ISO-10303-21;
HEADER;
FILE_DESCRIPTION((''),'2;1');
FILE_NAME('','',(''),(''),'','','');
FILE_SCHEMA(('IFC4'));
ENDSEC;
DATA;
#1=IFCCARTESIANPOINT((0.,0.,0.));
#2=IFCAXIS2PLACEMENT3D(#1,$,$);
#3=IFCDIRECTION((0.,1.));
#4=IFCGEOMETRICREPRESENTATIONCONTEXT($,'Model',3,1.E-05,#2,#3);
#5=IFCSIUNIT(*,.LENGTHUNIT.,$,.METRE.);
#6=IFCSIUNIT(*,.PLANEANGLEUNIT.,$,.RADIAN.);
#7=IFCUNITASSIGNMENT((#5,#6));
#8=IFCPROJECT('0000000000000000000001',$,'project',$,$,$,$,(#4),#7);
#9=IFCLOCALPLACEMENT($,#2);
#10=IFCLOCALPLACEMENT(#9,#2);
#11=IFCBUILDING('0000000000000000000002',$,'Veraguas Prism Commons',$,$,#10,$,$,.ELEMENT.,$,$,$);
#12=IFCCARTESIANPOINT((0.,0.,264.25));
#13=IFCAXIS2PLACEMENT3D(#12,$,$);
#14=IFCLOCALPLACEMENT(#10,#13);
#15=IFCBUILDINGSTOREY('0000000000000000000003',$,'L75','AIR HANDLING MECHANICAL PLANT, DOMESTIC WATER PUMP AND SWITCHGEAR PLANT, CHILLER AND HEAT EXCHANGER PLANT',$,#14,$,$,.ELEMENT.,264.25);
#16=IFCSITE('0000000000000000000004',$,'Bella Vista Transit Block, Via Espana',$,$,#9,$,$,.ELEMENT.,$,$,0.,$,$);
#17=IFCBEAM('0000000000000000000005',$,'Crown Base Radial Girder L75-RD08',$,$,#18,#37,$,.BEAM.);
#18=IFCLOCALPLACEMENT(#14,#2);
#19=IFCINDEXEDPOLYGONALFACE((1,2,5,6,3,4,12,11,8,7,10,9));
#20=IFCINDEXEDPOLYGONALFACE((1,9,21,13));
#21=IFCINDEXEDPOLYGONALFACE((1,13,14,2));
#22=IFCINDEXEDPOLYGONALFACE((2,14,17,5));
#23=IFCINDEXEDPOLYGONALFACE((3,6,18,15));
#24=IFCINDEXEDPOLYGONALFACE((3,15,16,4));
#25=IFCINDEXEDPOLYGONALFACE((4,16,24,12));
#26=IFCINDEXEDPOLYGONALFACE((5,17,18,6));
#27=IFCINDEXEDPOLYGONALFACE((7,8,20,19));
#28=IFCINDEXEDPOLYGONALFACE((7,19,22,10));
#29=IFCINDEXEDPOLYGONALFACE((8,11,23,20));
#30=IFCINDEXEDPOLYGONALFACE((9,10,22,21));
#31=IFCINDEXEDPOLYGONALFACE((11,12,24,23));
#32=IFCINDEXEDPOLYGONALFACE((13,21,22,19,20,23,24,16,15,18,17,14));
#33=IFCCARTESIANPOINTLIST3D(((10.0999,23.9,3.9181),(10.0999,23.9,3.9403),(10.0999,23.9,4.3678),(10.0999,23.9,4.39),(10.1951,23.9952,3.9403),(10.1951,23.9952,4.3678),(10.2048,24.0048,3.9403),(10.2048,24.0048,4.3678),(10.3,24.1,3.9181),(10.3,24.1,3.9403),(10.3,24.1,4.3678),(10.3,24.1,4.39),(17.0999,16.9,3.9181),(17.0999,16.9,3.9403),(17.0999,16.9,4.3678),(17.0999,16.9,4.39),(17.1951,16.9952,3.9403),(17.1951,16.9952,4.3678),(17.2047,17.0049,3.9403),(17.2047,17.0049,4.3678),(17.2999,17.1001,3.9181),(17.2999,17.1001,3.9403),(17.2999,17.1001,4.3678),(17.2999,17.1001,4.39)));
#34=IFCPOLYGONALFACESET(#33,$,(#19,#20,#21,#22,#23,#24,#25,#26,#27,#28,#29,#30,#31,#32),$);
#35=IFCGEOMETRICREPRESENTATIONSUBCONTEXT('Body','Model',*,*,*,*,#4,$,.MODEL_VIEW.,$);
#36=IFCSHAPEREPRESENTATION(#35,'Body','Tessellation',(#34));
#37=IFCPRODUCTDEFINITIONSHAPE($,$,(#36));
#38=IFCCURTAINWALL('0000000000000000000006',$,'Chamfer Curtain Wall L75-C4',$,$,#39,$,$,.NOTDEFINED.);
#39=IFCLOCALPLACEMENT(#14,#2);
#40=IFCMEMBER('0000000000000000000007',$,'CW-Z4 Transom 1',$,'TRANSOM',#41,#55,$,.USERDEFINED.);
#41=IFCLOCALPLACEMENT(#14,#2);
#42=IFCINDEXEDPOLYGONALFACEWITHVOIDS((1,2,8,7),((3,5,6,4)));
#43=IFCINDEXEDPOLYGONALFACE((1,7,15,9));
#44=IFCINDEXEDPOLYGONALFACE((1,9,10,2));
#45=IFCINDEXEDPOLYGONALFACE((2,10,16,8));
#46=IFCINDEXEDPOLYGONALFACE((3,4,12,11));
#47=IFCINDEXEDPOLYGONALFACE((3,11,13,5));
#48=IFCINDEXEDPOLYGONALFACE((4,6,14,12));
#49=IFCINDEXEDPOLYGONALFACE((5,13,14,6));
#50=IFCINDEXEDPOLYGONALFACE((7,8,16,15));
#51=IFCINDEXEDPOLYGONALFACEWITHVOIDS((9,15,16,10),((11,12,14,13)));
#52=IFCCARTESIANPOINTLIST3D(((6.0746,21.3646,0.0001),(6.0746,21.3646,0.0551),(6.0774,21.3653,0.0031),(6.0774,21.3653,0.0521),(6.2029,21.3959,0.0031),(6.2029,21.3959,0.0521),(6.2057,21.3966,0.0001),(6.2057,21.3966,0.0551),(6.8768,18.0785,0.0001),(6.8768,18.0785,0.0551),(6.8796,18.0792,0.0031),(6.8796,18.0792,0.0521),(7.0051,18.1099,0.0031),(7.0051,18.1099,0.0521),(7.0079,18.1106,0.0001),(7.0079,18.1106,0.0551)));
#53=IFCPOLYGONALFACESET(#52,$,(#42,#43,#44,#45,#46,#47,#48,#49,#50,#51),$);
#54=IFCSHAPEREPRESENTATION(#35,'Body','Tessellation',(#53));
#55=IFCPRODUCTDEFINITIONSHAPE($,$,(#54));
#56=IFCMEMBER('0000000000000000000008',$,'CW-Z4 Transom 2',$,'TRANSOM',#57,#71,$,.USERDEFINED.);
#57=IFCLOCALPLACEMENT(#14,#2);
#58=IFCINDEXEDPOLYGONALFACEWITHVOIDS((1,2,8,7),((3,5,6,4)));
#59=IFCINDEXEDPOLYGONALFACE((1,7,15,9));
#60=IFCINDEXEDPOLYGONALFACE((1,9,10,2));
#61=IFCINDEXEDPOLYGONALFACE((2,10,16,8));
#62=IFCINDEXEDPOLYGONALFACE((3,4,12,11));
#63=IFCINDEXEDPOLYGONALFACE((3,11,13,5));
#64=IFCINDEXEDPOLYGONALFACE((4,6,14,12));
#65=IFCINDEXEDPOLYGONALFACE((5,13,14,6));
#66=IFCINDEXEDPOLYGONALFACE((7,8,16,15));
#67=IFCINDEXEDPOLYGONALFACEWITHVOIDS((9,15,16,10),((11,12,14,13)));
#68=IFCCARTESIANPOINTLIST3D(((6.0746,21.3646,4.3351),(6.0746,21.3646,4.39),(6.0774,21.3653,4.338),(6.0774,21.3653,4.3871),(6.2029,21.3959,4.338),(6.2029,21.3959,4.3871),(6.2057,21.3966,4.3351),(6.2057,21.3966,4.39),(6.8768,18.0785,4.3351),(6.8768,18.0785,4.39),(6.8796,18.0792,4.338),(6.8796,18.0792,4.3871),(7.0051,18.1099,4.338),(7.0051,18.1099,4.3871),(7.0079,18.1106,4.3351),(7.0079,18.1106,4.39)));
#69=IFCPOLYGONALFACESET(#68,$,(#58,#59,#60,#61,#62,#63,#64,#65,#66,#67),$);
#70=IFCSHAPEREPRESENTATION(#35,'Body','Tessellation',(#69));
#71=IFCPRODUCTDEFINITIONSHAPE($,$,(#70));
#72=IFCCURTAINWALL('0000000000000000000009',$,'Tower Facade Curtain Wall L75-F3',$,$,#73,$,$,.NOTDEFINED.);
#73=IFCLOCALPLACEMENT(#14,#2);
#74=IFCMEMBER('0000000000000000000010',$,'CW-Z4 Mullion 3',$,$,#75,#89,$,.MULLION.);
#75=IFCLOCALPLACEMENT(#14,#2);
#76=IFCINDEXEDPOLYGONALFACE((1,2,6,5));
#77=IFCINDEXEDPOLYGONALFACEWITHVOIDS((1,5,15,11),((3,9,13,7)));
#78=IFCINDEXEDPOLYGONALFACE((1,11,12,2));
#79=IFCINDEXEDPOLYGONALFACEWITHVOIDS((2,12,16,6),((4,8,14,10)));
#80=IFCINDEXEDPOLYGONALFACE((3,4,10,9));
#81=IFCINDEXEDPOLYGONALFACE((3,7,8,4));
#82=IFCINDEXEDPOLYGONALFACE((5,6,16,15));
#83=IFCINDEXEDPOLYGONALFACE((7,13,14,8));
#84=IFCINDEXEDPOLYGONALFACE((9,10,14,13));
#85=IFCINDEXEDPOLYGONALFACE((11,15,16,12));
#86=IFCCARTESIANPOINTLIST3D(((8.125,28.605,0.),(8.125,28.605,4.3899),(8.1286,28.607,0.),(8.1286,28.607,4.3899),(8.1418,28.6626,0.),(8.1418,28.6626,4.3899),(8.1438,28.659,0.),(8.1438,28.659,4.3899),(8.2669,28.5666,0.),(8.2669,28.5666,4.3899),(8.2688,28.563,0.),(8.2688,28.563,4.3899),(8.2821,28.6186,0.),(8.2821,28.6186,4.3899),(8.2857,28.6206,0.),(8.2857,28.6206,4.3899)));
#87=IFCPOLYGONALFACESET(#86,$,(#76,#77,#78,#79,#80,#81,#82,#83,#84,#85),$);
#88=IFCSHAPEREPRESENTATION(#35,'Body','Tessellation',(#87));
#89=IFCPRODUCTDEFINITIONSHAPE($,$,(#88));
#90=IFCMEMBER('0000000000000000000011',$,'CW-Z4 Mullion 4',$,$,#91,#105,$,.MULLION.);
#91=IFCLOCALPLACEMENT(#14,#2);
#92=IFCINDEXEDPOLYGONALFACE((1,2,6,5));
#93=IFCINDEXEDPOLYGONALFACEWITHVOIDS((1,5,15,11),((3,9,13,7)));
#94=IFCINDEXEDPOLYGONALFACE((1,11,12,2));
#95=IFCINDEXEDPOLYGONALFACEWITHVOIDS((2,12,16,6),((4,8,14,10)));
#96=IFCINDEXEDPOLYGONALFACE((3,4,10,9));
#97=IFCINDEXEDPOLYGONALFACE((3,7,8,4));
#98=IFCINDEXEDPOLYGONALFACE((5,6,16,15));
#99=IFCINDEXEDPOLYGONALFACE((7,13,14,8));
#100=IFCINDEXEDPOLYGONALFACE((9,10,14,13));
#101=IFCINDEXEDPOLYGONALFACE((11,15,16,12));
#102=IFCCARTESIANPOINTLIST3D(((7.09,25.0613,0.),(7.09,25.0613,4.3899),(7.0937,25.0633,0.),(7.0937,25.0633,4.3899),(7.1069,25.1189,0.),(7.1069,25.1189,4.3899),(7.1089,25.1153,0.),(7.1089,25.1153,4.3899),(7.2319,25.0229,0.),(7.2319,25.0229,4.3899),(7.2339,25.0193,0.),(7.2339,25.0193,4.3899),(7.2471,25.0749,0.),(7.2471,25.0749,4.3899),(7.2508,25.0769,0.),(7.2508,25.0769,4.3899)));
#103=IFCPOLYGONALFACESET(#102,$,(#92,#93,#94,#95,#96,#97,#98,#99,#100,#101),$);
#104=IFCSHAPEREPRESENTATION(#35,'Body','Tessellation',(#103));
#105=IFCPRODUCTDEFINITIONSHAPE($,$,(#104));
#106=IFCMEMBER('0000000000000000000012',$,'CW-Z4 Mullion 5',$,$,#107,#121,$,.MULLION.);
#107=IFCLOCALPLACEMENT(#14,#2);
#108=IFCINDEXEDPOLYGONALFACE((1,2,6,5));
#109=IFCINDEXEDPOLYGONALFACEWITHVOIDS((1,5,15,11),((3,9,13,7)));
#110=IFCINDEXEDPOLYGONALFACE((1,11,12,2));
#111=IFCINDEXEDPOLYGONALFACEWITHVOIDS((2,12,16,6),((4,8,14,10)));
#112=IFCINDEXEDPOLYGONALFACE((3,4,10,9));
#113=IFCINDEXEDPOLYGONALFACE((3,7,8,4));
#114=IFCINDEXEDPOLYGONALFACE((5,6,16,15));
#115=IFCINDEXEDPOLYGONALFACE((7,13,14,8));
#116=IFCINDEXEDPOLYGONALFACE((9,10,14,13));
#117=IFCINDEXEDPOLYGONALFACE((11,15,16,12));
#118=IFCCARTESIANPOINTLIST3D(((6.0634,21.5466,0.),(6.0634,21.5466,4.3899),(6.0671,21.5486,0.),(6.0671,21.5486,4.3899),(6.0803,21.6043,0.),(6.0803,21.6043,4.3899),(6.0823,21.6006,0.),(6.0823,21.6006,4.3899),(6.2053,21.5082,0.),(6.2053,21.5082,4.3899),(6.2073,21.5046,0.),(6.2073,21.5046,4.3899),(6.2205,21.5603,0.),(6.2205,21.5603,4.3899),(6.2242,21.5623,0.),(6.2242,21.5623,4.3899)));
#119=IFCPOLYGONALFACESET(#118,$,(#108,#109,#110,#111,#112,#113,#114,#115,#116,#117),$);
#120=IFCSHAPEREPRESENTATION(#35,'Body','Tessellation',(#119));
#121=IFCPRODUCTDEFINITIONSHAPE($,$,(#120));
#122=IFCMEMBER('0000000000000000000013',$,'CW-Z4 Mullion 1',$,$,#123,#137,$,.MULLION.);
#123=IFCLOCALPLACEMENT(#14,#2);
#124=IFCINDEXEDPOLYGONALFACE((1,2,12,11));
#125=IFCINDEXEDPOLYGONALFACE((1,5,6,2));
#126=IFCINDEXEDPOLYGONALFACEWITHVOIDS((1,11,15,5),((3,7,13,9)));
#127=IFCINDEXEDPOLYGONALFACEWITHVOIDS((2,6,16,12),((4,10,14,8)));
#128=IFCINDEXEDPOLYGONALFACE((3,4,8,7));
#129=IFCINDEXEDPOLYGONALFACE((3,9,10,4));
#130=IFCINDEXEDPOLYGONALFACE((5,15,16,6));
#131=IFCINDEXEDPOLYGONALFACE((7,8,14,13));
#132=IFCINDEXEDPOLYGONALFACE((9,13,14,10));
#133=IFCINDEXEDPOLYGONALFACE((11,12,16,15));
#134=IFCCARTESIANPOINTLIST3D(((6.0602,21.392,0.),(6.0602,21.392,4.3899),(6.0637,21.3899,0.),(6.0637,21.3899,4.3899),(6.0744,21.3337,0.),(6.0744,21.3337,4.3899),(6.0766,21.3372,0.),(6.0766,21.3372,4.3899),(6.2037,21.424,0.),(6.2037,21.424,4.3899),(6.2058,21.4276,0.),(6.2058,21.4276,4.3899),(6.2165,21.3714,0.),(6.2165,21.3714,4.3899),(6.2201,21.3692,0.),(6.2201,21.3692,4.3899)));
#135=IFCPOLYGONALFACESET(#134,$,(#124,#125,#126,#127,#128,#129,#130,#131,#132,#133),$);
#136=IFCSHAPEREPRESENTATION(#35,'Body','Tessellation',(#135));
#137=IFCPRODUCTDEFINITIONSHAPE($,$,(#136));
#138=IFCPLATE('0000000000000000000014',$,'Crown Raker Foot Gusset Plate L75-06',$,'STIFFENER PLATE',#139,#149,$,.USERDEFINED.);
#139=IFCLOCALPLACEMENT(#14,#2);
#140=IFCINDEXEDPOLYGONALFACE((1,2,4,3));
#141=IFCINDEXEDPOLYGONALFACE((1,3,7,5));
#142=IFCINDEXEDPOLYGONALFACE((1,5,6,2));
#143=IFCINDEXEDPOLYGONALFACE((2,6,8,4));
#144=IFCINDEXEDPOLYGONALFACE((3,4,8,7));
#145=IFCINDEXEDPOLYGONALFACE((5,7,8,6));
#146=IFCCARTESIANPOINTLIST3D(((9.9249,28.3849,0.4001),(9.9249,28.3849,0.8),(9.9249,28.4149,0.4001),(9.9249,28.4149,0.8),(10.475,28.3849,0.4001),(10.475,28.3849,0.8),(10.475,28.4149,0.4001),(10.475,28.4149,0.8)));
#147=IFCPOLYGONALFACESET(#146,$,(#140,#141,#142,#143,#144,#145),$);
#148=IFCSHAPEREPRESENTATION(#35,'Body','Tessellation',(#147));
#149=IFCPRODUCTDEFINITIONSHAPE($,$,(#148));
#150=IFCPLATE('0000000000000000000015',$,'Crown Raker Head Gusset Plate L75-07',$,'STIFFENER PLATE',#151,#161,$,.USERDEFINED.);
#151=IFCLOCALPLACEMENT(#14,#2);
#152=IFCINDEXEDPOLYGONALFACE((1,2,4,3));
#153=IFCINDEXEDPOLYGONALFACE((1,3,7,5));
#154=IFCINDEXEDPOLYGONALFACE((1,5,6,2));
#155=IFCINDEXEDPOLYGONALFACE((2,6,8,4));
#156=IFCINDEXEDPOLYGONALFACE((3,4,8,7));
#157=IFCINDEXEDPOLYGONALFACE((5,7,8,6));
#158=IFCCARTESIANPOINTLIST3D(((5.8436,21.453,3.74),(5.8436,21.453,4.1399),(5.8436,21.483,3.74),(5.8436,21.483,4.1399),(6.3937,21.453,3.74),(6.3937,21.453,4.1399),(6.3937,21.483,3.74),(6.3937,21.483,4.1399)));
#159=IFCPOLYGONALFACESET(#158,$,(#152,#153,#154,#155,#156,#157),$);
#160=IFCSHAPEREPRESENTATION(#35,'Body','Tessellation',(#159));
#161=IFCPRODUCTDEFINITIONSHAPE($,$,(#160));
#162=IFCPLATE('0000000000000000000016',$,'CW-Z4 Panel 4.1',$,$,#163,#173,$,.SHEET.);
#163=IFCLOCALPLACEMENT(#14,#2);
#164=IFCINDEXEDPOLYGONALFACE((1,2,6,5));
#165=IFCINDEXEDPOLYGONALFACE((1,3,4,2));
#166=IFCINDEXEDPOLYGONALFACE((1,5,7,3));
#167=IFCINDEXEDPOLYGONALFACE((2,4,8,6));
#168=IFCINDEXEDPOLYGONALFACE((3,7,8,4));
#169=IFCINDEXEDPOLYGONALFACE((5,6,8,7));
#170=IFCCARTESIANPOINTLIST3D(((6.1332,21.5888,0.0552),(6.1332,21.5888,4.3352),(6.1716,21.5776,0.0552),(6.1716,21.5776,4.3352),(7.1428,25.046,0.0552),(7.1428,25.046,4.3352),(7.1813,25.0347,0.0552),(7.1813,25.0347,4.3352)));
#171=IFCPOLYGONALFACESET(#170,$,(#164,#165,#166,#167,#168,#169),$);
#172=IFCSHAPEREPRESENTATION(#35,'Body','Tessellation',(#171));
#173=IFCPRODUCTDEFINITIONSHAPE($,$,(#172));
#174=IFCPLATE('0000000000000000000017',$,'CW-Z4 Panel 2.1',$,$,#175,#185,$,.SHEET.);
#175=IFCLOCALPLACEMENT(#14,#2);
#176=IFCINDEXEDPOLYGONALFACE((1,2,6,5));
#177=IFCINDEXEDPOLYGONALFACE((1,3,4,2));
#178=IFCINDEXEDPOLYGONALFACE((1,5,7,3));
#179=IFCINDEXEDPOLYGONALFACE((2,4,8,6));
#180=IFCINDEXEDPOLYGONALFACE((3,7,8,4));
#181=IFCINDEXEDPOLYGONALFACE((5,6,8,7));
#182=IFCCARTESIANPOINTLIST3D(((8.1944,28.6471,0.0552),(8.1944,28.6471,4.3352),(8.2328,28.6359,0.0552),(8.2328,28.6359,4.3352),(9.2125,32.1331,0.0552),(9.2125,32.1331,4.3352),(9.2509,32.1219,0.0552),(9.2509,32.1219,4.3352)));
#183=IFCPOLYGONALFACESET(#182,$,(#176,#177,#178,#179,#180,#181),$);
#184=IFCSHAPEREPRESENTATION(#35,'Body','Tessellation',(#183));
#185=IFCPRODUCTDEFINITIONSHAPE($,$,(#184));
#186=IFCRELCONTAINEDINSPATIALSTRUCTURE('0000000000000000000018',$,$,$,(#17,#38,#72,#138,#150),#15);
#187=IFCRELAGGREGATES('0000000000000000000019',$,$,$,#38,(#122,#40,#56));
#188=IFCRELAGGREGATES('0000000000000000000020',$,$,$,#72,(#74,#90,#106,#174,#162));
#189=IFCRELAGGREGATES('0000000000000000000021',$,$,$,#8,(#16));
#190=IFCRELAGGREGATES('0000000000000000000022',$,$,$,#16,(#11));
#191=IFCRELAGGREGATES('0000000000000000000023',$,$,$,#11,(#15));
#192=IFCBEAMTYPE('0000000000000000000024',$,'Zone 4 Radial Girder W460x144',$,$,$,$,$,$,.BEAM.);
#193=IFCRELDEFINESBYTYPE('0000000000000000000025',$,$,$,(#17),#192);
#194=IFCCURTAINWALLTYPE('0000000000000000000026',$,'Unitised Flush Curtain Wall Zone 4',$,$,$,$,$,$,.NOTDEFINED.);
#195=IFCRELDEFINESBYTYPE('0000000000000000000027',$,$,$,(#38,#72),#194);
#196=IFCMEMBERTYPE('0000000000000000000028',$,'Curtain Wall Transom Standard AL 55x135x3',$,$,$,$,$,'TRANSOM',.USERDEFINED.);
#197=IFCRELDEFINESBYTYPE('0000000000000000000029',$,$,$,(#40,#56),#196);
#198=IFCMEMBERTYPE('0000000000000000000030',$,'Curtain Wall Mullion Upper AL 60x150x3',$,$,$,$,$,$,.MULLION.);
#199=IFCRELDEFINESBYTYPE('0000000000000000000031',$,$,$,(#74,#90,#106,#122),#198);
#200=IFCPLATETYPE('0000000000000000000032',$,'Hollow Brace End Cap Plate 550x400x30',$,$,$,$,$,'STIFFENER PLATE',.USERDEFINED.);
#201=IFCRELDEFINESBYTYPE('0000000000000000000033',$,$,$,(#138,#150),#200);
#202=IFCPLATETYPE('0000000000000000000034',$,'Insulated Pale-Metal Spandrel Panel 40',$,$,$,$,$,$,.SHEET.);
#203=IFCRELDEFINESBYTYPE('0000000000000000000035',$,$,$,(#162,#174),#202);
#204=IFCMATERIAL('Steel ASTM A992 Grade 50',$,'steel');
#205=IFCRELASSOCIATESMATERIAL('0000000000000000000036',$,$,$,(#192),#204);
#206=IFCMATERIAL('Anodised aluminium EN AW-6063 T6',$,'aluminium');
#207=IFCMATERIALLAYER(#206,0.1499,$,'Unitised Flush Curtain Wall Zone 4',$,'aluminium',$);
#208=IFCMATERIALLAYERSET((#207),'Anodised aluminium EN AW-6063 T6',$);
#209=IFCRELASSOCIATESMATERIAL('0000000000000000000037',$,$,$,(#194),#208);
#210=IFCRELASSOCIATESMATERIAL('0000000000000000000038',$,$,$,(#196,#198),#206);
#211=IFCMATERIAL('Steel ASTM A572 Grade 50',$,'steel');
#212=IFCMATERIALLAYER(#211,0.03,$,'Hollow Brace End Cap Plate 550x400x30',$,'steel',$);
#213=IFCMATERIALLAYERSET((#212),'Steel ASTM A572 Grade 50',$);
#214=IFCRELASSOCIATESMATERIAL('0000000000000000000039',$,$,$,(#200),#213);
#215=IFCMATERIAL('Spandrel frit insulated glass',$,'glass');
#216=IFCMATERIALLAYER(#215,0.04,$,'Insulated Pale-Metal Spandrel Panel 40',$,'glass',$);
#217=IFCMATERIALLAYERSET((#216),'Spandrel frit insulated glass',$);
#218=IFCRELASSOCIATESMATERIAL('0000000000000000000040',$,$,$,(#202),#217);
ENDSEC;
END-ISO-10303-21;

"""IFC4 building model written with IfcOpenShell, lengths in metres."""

from ifc_helpers import new_model, si_unit, direction, frame, origin, origin_2d, place, context, subcontext, project, spatial, rectangle, hollow_rectangle, i_section, extrude, source, transform, mapped, material, layer, layer_set, material_profile, profile_set, type_object, element, aggregate, save


model = new_model("IFC4")

# Units and contexts
model_context = context("Model", 3, precision=1e-05, world=origin(), true_north=direction((0.0, 1.0)))
body_context = subcontext(model_context, "Body", "Model", "MODEL_VIEW")
ifc_project = project(units=[si_unit("LENGTHUNIT", "METRE"), si_unit("PLANEANGLEUNIT", "RADIAN")], contexts=[model_context])

# Site, building, storey
site_placement = place(None, origin())
site = spatial("IfcSite", under=ifc_project, at=site_placement, Name="Bella Vista Transit Block, Via Espana", CompositionType="ELEMENT", RefElevation=0.0)
building_placement = place(site_placement, origin())
building = spatial("IfcBuilding", under=site, at=building_placement, Name="Veraguas Prism Commons", CompositionType="ELEMENT")
storey_placement = place(building_placement, frame((0.0, 0.0, 264.25)))
storey = spatial("IfcBuildingStorey", under=building, at=storey_placement, Name="L75", Description="AIR HANDLING MECHANICAL PLANT, DOMESTIC WATER PUMP AND SWITCHGEAR PLANT, CHILLER AND HEAT EXCHANGER PLANT", CompositionType="ELEMENT", Elevation=264.25)

# Beam
ifc_material_1 = material(Name="Steel ASTM A992 Grade 50", Category="steel")
ifc_material_profile_1 = material_profile(ifc_material_1, i_section(OverallWidth=0.283, OverallDepth=0.4719, WebThickness=0.0137, FlangeThickness=0.0222, at=origin_2d()), Name="W460X144")
ifc_profile_set_1 = profile_set([ifc_material_profile_1], Name="Steel ASTM A992 Grade 50")
beam_type_1 = type_object("IfcBeamType", Name="Zone 4 Radial Girder W460x144", PredefinedType="BEAM", material=ifc_profile_set_1)
beam_1_placement = place(storey_placement, frame((10.2, 24.0, 4.1541), z_axis=(0.707107, -0.707107, 0.0), x_axis=(0.707107, 0.707107, 0.0)))
element("IfcBeam", 1, at=beam_1_placement, inside=storey, type_object=beam_type_1, Name="Crown Base Radial Girder L75-RD08", PredefinedType="BEAM", context=body_context, shape_type="SweptSolid", body=[
    extrude(i_section(OverallWidth=0.283, OverallDepth=0.4719, WebThickness=0.0137, FlangeThickness=0.0222, at=origin_2d()), origin(), (0.0, 0.0, 1.0), 9.8994),
])

# Curtain walls, members
ifc_material_2 = material(Name="Anodised aluminium EN AW-6063 T6", Category="aluminium")
ifc_layer_1 = layer(ifc_material_2, 0.1499, Name="Unitised Flush Curtain Wall Zone 4", Category="aluminium")
ifc_layer_set_1 = layer_set([ifc_layer_1], Name="Anodised aluminium EN AW-6063 T6")
curtain_wall_type = type_object("IfcCurtainWallType", Name="Unitised Flush Curtain Wall Zone 4", PredefinedType="NOTDEFINED", material=ifc_layer_set_1)
curtain_wall_1_placement = place(storey_placement, origin())
curtain_wall_1 = element("IfcCurtainWall", 2, at=curtain_wall_1_placement, inside=storey, type_object=curtain_wall_type, Name="Chamfer Curtain Wall L75-C4", PredefinedType="NOTDEFINED")
ifc_material_profile_2 = material_profile(ifc_material_2, hollow_rectangle(XDim=0.0549, YDim=0.135, WallThickness=0.0029, at=origin_2d()), Name="AL55X135X3")
ifc_profile_set_2 = profile_set([ifc_material_profile_2], Name="Anodised aluminium EN AW-6063 T6")
member_type_1 = type_object("IfcMemberType", Name="Curtain Wall Transom Standard AL 55x135x3", ElementType="TRANSOM", PredefinedType="USERDEFINED", material=ifc_profile_set_2)
shared_shape_1 = source(origin(), body_context, "Body", "SweptSolid", [
    extrude(hollow_rectangle(XDim=0.0549, YDim=0.135, WallThickness=0.0029, at=origin_2d()), origin(), (0.0, 0.0, 1.0), 3.3826),
])
member_1_placement = place(storey_placement, frame((6.1401, 21.3806, 0.0276), z_axis=(0.237166, -0.971469, 0.0), x_axis=(0.0, 0.0, 1.0)))
member_1 = element("IfcMember", 3, at=member_1_placement, type_object=member_type_1, Name="CW-Z4 Transom 1", ObjectType="TRANSOM", PredefinedType="USERDEFINED", context=body_context, shape_type="MappedRepresentation", body=[
    mapped(shared_shape_1, transform((0.0, 0.0, 0.0), scale=1.0)),
])
member_2_placement = place(storey_placement, frame((6.1401, 21.3806, 4.3625), z_axis=(0.237166, -0.971469, 0.0), x_axis=(0.0, 0.0, 1.0)))
member_2 = element("IfcMember", 4, at=member_2_placement, type_object=member_type_1, Name="CW-Z4 Transom 2", ObjectType="TRANSOM", PredefinedType="USERDEFINED", context=body_context, shape_type="MappedRepresentation", body=[
    mapped(shared_shape_1, transform((0.0, 0.0, 0.0), scale=1.0)),
])
curtain_wall_2_placement = place(storey_placement, origin())
curtain_wall_2 = element("IfcCurtainWall", 5, at=curtain_wall_2_placement, inside=storey, type_object=curtain_wall_type, Name="Tower Facade Curtain Wall L75-F3", PredefinedType="NOTDEFINED")
ifc_material_profile_3 = material_profile(ifc_material_2, hollow_rectangle(XDim=0.0601, YDim=0.1499, WallThickness=0.0029, at=origin_2d()), Name="AL60X150X3")
ifc_profile_set_3 = profile_set([ifc_material_profile_3], Name="Anodised aluminium EN AW-6063 T6")
member_type_2 = type_object("IfcMemberType", Name="Curtain Wall Mullion Upper AL 60x150x3", PredefinedType="MULLION", material=ifc_profile_set_3)
shared_shape_2 = source(origin(), body_context, "Body", "SweptSolid", [
    extrude(hollow_rectangle(XDim=0.0601, YDim=0.1499, WallThickness=0.0029, at=origin_2d()), origin(), (0.0, 0.0, 1.0), 4.3899),
])
member_3_placement = place(storey_placement, frame((8.2053, 28.6128, 0.0), z_axis=(0.0, 0.0, 1.0), x_axis=(-0.280338, -0.959901, 0.0)))
member_3 = element("IfcMember", 6, at=member_3_placement, type_object=member_type_2, Name="CW-Z4 Mullion 3", PredefinedType="MULLION", context=body_context, shape_type="MappedRepresentation", body=[
    mapped(shared_shape_2, transform((0.0, 0.0, 0.0), scale=1.0)),
])
member_4_placement = place(storey_placement, frame((7.1704, 25.0691, 0.0), z_axis=(0.0, 0.0, 1.0), x_axis=(-0.280338, -0.959901, 0.0)))
member_4 = element("IfcMember", 7, at=member_4_placement, type_object=member_type_2, Name="CW-Z4 Mullion 4", PredefinedType="MULLION", context=body_context, shape_type="MappedRepresentation", body=[
    mapped(shared_shape_2, transform((0.0, 0.0, 0.0), scale=1.0)),
])
member_5_placement = place(storey_placement, frame((6.1438, 21.5544, 0.0), z_axis=(0.0, 0.0, 1.0), x_axis=(-0.280338, -0.959901, 0.0)))
member_5 = element("IfcMember", 8, at=member_5_placement, type_object=member_type_2, Name="CW-Z4 Mullion 5", PredefinedType="MULLION", context=body_context, shape_type="MappedRepresentation", body=[
    mapped(shared_shape_2, transform((0.0, 0.0, 0.0), scale=1.0)),
])

# Member
member_6_placement = place(storey_placement, frame((6.1401, 21.3806, 0.0), z_axis=(0.0, 0.0, 1.0), x_axis=(0.237208, -0.971459, 0.0)))
member_6 = element("IfcMember", 9, at=member_6_placement, type_object=member_type_2, Name="CW-Z4 Mullion 1", PredefinedType="MULLION", context=body_context, shape_type="MappedRepresentation", body=[
    mapped(shared_shape_2, transform((0.0, 0.0, 0.0), scale=1.0)),
])
aggregate(curtain_wall_1, [member_6, member_1, member_2])

# Plates
ifc_material_3 = material(Name="Steel ASTM A572 Grade 50", Category="steel")
ifc_layer_2 = layer(ifc_material_3, 0.03, Name="Hollow Brace End Cap Plate 550x400x30", Category="steel")
ifc_layer_set_2 = layer_set([ifc_layer_2], Name="Steel ASTM A572 Grade 50")
plate_type_1 = type_object("IfcPlateType", Name="Hollow Brace End Cap Plate 550x400x30", ElementType="STIFFENER PLATE", PredefinedType="USERDEFINED", material=ifc_layer_set_2)
shared_shape_3 = source(origin(), body_context, "Body", "SweptSolid", [
    extrude(rectangle(XDim=0.55, YDim=0.03, at=origin_2d()), origin(), (0.0, 0.0, 1.0), 0.3999),
])
for number, where, z_axis, x_axis, name in (
    (10, (10.2, 28.3999, 0.4001), (0.0, 0.0, 1.0), (1.0, 0.0, 0.0), "Crown Raker Foot Gusset Plate L75-06"),
    (11, (6.1187, 21.468, 3.74), (0.0, 0.0, 1.0), (1.0, 0.0, 0.0), "Crown Raker Head Gusset Plate L75-07"),
):
    element("IfcPlate", number, at=place(storey_placement, frame(where, z_axis=z_axis, x_axis=x_axis)), inside=storey, type_object=plate_type_1, Name=name, ObjectType="STIFFENER PLATE", PredefinedType="USERDEFINED", context=body_context, shape_type="MappedRepresentation", body=[
        mapped(shared_shape_3, transform((0.0, 0.0, 0.0), scale=1.0)),
    ])

# Plates
ifc_material_4 = material(Name="Spandrel frit insulated glass", Category="glass")
ifc_layer_3 = layer(ifc_material_4, 0.04, Name="Insulated Pale-Metal Spandrel Panel 40", Category="glass")
ifc_layer_set_3 = layer_set([ifc_layer_3], Name="Spandrel frit insulated glass")
plate_type_2 = type_object("IfcPlateType", Name="Insulated Pale-Metal Spandrel Panel 40", PredefinedType="SHEET", material=ifc_layer_set_3)
shared_shape_4 = source(origin(), body_context, "Body", "SweptSolid", [
    extrude(rectangle(XDim=3.6016, YDim=0.04, at=origin_2d()), origin(), (0.0, 0.0, 1.0), 4.28),
])
plate_1_placement = place(storey_placement, frame((6.6572, 23.3118, 0.0552), z_axis=(0.0, 0.0, 1.0), x_axis=(-0.280338, -0.959901, 0.0)))
plate_1 = element("IfcPlate", 12, at=plate_1_placement, type_object=plate_type_2, Name="CW-Z4 Panel 4.1", PredefinedType="SHEET", context=body_context, shape_type="MappedRepresentation", body=[
    mapped(shared_shape_4, transform((0.0, 0.0, 0.0), scale=1.0)),
])
shared_shape_5 = source(origin(), body_context, "Body", "SweptSolid", [
    extrude(rectangle(XDim=3.6316, YDim=0.04, at=origin_2d()), origin(), (0.0, 0.0, 1.0), 4.28),
])
plate_2_placement = place(storey_placement, frame((8.7227, 30.3845, 0.0552), z_axis=(0.0, 0.0, 1.0), x_axis=(-0.280338, -0.959901, 0.0)))
plate_2 = element("IfcPlate", 13, at=plate_2_placement, type_object=plate_type_2, Name="CW-Z4 Panel 2.1", PredefinedType="SHEET", context=body_context, shape_type="MappedRepresentation", body=[
    mapped(shared_shape_5, transform((0.0, 0.0, 0.0), scale=1.0)),
])
aggregate(curtain_wall_2, [member_3, member_4, member_5, plate_2, plate_1])

save(model, "model.ifc")
